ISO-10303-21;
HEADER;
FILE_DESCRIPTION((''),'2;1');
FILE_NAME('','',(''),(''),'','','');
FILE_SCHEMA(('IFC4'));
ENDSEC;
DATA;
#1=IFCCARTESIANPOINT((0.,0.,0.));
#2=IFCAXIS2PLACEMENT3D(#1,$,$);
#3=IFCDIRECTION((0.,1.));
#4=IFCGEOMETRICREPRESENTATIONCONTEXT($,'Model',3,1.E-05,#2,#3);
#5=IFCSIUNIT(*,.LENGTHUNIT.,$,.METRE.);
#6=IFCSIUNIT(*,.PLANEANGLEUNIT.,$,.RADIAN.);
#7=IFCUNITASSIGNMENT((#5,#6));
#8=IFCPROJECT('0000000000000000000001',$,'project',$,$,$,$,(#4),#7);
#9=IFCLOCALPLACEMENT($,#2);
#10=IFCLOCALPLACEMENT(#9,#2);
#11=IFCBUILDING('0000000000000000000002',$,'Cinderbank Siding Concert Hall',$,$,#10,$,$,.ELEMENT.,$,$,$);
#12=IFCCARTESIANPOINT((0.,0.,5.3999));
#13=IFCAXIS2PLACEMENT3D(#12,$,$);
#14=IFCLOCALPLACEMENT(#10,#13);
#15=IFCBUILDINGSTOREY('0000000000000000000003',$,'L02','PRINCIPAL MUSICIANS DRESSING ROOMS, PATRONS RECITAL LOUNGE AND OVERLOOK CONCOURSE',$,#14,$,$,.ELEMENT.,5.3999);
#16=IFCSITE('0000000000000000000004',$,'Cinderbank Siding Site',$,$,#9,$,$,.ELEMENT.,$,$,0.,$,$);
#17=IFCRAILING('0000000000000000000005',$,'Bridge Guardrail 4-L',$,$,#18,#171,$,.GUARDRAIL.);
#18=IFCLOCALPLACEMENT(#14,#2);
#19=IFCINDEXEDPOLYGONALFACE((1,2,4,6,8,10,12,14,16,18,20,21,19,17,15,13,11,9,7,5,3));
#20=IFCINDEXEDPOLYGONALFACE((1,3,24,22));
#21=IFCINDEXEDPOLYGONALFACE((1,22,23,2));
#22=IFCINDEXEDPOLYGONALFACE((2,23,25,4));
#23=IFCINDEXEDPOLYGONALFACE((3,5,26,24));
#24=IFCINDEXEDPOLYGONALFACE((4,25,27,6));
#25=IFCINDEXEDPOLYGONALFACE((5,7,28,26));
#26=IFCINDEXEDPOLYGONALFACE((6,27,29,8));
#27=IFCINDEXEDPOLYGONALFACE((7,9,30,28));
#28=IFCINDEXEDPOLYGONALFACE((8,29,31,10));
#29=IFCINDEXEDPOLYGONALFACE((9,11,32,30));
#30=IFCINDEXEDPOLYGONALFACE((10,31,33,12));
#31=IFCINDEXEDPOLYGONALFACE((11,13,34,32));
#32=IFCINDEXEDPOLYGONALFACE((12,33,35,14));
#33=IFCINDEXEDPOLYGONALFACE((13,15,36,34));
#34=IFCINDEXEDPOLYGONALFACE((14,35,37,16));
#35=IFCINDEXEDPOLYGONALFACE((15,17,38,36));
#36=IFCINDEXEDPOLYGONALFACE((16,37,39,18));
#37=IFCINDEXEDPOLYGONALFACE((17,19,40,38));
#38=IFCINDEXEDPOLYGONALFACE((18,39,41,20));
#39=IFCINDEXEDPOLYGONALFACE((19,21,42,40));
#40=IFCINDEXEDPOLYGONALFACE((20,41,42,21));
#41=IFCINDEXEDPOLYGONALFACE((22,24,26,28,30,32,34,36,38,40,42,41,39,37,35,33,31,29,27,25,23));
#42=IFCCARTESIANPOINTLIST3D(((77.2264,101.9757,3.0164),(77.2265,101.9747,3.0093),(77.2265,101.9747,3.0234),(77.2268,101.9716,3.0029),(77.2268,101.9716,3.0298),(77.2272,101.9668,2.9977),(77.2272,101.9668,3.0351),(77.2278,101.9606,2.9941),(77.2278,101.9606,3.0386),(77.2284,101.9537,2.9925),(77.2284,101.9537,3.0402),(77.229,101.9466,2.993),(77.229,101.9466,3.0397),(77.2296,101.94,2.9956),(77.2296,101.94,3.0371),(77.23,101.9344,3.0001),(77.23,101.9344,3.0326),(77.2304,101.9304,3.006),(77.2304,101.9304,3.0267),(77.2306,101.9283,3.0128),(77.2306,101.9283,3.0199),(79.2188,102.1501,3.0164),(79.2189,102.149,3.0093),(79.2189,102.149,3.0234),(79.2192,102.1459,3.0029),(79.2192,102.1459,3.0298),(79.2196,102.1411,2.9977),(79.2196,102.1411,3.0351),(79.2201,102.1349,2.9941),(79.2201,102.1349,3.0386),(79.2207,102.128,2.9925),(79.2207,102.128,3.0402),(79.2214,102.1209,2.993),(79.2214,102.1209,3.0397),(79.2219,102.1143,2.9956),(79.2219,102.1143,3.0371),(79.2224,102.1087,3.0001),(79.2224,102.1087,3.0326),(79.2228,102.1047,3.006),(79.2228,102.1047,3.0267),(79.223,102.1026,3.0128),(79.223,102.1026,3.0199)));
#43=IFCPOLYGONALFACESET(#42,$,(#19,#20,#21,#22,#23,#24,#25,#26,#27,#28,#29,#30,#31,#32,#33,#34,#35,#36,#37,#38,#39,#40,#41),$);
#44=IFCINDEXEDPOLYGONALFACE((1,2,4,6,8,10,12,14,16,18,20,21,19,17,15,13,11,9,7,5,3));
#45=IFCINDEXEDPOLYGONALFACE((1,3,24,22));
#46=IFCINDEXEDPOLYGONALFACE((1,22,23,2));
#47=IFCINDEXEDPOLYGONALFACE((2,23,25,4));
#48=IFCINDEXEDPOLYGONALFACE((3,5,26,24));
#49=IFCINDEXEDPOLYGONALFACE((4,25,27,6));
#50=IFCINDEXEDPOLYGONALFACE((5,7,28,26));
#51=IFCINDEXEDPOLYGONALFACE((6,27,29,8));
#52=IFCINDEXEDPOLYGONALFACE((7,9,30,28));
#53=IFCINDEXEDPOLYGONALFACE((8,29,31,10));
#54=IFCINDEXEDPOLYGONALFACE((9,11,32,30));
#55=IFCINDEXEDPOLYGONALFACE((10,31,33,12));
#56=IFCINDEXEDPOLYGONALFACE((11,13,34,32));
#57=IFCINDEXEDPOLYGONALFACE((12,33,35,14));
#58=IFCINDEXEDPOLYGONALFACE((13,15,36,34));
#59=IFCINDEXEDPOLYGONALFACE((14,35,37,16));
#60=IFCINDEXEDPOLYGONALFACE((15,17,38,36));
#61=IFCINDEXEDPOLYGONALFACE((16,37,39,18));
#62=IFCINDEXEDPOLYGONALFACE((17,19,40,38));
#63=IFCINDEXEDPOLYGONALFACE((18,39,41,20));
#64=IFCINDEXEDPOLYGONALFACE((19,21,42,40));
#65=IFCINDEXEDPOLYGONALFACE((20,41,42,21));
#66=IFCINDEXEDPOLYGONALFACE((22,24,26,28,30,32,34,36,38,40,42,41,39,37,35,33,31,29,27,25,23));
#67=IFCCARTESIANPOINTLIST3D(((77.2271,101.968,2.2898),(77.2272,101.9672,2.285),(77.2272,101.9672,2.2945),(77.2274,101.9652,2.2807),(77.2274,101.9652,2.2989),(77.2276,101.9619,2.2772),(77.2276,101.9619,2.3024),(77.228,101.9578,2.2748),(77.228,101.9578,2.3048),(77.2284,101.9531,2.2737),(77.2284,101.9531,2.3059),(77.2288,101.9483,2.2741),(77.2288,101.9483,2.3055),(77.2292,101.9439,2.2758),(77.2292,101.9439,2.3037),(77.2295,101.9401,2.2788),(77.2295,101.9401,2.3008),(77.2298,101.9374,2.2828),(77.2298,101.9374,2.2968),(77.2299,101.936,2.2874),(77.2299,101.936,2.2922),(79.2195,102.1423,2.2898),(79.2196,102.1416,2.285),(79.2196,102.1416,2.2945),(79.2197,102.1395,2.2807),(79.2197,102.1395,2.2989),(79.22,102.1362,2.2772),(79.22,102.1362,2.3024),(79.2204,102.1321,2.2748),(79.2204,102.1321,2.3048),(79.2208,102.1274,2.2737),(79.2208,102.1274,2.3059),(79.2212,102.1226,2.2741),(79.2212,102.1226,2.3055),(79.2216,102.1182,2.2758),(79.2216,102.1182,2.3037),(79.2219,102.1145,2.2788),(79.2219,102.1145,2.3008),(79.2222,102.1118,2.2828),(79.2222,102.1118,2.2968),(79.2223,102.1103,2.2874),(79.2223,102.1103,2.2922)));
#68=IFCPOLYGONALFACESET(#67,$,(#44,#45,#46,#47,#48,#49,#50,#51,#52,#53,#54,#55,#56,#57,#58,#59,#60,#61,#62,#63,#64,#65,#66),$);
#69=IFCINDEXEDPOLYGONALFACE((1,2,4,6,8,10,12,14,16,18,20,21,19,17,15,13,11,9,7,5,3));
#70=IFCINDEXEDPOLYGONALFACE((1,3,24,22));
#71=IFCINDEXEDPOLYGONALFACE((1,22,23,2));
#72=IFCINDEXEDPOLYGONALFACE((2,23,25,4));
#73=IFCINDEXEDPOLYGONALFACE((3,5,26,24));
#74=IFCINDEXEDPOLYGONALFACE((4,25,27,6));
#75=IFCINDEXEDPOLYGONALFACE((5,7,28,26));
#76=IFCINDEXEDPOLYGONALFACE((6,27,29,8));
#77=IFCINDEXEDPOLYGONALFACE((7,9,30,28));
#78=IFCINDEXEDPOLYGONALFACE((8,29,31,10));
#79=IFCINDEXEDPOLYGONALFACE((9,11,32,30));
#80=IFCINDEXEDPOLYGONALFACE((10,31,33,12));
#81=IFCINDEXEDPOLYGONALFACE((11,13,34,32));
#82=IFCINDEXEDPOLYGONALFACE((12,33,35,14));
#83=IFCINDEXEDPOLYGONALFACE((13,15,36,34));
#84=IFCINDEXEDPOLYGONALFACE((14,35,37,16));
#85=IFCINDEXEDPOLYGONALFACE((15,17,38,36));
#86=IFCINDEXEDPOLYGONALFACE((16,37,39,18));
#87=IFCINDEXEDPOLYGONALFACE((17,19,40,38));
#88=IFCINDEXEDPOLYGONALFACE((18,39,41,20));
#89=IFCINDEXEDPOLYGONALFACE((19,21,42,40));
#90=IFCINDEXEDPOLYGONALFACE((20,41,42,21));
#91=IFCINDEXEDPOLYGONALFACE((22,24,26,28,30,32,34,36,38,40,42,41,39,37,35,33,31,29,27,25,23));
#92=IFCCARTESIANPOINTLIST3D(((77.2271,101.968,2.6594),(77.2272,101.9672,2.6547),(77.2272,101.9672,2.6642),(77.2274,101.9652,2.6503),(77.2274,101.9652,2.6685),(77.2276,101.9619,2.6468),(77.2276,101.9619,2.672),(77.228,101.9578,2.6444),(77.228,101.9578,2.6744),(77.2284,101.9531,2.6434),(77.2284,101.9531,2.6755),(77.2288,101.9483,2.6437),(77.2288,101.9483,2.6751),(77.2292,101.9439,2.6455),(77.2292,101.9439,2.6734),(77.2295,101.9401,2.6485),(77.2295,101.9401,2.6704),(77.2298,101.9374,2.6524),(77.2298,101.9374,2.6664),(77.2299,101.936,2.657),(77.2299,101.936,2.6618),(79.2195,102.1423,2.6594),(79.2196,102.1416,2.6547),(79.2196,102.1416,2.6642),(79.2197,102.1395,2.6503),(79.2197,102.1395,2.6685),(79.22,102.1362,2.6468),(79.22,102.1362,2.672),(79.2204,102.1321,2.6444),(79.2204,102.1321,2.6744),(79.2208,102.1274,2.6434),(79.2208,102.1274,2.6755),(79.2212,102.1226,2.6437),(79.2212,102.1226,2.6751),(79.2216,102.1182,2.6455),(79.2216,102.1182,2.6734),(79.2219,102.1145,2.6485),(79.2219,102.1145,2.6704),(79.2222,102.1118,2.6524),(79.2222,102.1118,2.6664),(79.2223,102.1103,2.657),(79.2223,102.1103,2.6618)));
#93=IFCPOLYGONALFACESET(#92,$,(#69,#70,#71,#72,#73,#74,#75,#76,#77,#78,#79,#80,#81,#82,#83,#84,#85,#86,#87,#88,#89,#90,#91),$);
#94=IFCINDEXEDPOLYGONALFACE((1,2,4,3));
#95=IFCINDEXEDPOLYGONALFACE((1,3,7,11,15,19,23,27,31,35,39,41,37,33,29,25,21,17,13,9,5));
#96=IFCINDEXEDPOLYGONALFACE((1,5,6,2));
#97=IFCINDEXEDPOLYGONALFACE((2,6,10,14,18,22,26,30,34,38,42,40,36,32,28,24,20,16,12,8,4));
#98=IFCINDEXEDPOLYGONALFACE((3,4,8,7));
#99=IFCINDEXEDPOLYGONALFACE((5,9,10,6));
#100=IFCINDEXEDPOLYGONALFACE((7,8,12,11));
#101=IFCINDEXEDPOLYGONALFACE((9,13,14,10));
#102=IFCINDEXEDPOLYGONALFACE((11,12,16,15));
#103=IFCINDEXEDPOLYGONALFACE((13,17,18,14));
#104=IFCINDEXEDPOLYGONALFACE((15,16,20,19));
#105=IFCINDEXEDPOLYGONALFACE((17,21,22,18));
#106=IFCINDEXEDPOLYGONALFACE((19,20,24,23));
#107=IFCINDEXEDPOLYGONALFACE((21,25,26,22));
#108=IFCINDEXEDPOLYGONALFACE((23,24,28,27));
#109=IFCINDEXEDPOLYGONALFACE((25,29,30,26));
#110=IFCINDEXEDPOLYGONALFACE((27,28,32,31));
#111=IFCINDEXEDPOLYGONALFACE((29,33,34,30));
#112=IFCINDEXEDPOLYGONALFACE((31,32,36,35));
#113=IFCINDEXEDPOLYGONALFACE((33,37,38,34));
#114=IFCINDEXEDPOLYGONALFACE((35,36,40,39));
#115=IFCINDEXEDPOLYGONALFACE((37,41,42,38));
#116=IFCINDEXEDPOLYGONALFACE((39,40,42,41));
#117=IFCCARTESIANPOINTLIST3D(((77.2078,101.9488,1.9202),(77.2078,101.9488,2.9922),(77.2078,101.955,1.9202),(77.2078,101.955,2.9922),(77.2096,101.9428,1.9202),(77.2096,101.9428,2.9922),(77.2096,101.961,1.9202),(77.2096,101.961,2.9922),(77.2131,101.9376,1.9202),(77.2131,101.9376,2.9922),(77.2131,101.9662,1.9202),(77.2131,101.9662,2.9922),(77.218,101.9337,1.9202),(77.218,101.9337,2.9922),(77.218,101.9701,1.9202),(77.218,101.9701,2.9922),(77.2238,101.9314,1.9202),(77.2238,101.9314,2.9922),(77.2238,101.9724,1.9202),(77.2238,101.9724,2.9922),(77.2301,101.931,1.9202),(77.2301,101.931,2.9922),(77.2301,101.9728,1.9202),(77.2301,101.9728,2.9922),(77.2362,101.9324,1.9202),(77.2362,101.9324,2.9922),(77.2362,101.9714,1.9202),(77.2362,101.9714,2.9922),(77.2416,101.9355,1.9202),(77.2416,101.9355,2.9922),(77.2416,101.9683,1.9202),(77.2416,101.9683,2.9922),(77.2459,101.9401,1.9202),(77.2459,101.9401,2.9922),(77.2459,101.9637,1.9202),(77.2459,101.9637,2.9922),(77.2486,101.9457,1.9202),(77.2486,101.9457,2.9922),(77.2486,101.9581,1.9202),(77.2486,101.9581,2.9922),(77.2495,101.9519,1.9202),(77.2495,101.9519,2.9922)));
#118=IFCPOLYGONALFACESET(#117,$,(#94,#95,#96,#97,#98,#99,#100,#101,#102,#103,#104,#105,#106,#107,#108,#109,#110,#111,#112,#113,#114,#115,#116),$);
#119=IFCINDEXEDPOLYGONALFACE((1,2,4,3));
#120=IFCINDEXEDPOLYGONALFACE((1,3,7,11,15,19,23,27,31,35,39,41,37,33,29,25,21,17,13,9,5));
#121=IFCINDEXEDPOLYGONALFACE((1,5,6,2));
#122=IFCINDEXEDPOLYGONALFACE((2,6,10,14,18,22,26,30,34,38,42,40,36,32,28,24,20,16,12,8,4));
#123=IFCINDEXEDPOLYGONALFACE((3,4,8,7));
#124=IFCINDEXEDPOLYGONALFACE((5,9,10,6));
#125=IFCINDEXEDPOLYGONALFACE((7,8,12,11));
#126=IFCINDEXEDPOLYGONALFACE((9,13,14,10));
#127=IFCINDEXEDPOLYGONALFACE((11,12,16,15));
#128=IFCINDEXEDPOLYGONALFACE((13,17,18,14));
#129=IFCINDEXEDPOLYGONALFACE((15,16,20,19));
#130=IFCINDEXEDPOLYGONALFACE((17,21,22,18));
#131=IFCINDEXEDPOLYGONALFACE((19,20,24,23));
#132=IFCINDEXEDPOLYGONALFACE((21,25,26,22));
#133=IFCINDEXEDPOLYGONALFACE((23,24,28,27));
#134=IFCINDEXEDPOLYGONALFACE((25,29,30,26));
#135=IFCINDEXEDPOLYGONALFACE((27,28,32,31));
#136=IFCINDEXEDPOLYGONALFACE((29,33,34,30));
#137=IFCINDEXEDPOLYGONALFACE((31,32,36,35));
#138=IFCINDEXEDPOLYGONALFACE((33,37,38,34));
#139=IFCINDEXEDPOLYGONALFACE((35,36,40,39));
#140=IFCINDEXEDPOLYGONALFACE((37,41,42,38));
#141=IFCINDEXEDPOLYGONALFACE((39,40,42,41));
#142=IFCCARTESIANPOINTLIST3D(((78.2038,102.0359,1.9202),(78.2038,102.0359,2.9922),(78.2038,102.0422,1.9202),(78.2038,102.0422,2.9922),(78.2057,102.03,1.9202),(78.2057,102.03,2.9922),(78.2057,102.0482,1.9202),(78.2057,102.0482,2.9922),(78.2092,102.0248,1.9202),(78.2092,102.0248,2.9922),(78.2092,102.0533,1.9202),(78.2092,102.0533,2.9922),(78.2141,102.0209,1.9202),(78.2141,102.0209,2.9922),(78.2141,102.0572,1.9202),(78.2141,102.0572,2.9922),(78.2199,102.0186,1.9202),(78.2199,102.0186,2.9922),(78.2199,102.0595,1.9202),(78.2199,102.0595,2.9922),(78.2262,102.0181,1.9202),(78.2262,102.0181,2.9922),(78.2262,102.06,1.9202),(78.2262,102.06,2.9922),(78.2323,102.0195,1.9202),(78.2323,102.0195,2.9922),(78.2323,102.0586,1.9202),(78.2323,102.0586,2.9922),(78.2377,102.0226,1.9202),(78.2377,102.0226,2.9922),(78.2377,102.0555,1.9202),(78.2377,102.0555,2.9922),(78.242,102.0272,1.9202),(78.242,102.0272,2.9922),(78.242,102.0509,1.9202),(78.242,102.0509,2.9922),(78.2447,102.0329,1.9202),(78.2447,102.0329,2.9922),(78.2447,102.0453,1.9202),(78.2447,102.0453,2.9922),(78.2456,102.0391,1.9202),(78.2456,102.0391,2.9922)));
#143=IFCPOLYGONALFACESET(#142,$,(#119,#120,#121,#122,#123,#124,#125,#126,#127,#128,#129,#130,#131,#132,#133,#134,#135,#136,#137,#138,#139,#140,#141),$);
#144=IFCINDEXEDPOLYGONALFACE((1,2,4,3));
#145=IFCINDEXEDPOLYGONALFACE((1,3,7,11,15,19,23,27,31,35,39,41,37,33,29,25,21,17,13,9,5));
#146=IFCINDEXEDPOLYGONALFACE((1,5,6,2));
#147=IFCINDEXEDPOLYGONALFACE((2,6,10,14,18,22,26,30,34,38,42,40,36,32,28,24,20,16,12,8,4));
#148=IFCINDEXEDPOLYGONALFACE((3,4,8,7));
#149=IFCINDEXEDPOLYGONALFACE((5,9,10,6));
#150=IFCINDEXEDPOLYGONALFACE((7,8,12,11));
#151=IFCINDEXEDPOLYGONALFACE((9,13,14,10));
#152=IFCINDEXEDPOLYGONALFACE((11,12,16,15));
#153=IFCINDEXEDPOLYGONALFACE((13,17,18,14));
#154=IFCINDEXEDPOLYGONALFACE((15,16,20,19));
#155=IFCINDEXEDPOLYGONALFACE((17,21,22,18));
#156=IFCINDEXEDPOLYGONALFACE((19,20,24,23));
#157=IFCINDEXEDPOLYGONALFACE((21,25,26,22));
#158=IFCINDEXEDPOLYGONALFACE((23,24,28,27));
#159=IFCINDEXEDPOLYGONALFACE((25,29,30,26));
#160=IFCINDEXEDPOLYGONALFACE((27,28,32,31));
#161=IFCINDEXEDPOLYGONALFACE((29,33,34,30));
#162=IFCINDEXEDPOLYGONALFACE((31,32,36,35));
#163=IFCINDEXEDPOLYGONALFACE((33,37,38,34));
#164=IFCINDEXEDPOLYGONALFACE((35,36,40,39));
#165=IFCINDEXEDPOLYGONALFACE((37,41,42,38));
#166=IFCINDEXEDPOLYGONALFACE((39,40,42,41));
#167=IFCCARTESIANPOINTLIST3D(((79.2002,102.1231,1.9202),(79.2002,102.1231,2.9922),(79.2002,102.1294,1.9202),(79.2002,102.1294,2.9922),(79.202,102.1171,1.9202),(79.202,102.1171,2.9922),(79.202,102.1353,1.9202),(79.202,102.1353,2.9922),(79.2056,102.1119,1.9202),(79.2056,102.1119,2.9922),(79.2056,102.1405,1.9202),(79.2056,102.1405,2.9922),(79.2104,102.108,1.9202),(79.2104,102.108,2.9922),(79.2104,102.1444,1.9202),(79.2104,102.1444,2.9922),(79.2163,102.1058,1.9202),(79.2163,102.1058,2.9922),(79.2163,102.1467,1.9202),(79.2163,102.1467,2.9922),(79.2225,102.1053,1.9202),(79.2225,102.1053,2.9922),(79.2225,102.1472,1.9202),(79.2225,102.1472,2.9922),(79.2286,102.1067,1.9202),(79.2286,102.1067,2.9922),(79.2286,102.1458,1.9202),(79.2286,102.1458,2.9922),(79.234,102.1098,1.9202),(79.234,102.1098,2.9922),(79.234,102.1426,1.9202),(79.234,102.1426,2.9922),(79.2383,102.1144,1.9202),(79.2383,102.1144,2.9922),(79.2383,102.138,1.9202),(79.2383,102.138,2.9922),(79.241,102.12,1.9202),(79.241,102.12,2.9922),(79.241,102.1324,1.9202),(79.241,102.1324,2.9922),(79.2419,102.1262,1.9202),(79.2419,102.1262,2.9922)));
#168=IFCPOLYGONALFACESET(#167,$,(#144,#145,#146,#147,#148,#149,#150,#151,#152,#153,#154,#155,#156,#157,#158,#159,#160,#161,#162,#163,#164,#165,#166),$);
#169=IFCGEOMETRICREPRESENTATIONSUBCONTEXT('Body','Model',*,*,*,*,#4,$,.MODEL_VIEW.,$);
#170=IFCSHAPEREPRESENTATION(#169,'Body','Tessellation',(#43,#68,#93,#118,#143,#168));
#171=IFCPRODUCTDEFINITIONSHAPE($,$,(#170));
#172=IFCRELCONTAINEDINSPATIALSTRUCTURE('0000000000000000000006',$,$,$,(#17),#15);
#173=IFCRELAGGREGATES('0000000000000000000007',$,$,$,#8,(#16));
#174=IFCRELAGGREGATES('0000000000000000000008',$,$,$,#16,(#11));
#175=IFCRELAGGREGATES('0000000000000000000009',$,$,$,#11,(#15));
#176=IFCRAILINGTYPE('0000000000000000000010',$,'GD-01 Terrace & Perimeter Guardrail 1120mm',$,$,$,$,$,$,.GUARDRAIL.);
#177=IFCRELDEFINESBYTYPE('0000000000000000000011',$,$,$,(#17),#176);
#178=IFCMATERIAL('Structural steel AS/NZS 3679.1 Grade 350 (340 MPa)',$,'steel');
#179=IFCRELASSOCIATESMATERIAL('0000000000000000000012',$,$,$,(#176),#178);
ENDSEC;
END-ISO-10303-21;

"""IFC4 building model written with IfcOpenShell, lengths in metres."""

from ifc_helpers import new_model, si_unit, direction, frame, origin, origin_2d, place, context, subcontext, project, spatial, circle, extrude, material, type_object, element, save


model = new_model("IFC4")

# Units and contexts
model_context = context("Model", 3, precision=1e-05, world=origin(), true_north=direction((0.0, 1.0)))
body_context = subcontext(model_context, "Body", "Model", "MODEL_VIEW")
ifc_project = project(units=[si_unit("LENGTHUNIT", "METRE"), si_unit("PLANEANGLEUNIT", "RADIAN")], contexts=[model_context])

# Site, building, storey
site_placement = place(None, origin())
site = spatial("IfcSite", under=ifc_project, at=site_placement, Name="Cinderbank Siding Site", CompositionType="ELEMENT", RefElevation=0.0)
building_placement = place(site_placement, origin())
building = spatial("IfcBuilding", under=site, at=building_placement, Name="Cinderbank Siding Concert Hall", CompositionType="ELEMENT")
storey_placement = place(building_placement, frame((0.0, 0.0, 5.3999)))
storey = spatial("IfcBuildingStorey", under=building, at=storey_placement, Name="L02", Description="PRINCIPAL MUSICIANS DRESSING ROOMS, PATRONS RECITAL LOUNGE AND OVERLOOK CONCOURSE", CompositionType="ELEMENT", Elevation=5.3999)

# Shared definitions
ifc_material_1 = material(Name="Structural steel AS/NZS 3679.1 Grade 350 (340 MPa)", Category="steel")

# Railing
railing_type_1 = type_object("IfcRailingType", Name="GD-01 Terrace & Perimeter Guardrail 1120mm", PredefinedType="GUARDRAIL", material=ifc_material_1)
railing_1_placement = place(storey_placement, frame((77.2285, 101.9519, 1.9202)))
element("IfcRailing", 1, at=railing_1_placement, inside=storey, type_object=railing_type_1, Name="Bridge Guardrail 4-L", PredefinedType="GUARDRAIL", context=body_context, shape_type="SweptSolid", body=[
    extrude(circle(Radius=0.0239, at=origin_2d()), frame((0.0, 0.0, 1.0962), z_axis=(0.996195, 0.087156, 0.0), x_axis=(-0.087156, 0.996195, 0.0)), (0.0, 0.0, 1.0), 2.0),
    extrude(circle(Radius=0.0161, at=origin_2d()), frame((0.0, 0.0, 0.3696), z_axis=(0.996195, 0.087156, 0.0), x_axis=(-0.087156, 0.996195, 0.0)), (0.0, 0.0, 1.0), 2.0),
    extrude(circle(Radius=0.0161, at=origin_2d()), frame((0.0, 0.0, 0.7393), z_axis=(0.996195, 0.087156, 0.0), x_axis=(-0.087156, 0.996195, 0.0)), (0.0, 0.0, 1.0), 2.0),
    extrude(circle(Radius=0.021, at=origin_2d()), origin(), (0.0, 0.0, 1.0), 1.072),
    extrude(circle(Radius=0.021, at=origin_2d()), frame((0.9961, 0.0872, 0.0)), (0.0, 0.0, 1.0), 1.072),
    extrude(circle(Radius=0.021, at=origin_2d()), frame((1.9924, 0.1743, 0.0)), (0.0, 0.0, 1.0), 1.072),
])

save(model, "model.ifc")
